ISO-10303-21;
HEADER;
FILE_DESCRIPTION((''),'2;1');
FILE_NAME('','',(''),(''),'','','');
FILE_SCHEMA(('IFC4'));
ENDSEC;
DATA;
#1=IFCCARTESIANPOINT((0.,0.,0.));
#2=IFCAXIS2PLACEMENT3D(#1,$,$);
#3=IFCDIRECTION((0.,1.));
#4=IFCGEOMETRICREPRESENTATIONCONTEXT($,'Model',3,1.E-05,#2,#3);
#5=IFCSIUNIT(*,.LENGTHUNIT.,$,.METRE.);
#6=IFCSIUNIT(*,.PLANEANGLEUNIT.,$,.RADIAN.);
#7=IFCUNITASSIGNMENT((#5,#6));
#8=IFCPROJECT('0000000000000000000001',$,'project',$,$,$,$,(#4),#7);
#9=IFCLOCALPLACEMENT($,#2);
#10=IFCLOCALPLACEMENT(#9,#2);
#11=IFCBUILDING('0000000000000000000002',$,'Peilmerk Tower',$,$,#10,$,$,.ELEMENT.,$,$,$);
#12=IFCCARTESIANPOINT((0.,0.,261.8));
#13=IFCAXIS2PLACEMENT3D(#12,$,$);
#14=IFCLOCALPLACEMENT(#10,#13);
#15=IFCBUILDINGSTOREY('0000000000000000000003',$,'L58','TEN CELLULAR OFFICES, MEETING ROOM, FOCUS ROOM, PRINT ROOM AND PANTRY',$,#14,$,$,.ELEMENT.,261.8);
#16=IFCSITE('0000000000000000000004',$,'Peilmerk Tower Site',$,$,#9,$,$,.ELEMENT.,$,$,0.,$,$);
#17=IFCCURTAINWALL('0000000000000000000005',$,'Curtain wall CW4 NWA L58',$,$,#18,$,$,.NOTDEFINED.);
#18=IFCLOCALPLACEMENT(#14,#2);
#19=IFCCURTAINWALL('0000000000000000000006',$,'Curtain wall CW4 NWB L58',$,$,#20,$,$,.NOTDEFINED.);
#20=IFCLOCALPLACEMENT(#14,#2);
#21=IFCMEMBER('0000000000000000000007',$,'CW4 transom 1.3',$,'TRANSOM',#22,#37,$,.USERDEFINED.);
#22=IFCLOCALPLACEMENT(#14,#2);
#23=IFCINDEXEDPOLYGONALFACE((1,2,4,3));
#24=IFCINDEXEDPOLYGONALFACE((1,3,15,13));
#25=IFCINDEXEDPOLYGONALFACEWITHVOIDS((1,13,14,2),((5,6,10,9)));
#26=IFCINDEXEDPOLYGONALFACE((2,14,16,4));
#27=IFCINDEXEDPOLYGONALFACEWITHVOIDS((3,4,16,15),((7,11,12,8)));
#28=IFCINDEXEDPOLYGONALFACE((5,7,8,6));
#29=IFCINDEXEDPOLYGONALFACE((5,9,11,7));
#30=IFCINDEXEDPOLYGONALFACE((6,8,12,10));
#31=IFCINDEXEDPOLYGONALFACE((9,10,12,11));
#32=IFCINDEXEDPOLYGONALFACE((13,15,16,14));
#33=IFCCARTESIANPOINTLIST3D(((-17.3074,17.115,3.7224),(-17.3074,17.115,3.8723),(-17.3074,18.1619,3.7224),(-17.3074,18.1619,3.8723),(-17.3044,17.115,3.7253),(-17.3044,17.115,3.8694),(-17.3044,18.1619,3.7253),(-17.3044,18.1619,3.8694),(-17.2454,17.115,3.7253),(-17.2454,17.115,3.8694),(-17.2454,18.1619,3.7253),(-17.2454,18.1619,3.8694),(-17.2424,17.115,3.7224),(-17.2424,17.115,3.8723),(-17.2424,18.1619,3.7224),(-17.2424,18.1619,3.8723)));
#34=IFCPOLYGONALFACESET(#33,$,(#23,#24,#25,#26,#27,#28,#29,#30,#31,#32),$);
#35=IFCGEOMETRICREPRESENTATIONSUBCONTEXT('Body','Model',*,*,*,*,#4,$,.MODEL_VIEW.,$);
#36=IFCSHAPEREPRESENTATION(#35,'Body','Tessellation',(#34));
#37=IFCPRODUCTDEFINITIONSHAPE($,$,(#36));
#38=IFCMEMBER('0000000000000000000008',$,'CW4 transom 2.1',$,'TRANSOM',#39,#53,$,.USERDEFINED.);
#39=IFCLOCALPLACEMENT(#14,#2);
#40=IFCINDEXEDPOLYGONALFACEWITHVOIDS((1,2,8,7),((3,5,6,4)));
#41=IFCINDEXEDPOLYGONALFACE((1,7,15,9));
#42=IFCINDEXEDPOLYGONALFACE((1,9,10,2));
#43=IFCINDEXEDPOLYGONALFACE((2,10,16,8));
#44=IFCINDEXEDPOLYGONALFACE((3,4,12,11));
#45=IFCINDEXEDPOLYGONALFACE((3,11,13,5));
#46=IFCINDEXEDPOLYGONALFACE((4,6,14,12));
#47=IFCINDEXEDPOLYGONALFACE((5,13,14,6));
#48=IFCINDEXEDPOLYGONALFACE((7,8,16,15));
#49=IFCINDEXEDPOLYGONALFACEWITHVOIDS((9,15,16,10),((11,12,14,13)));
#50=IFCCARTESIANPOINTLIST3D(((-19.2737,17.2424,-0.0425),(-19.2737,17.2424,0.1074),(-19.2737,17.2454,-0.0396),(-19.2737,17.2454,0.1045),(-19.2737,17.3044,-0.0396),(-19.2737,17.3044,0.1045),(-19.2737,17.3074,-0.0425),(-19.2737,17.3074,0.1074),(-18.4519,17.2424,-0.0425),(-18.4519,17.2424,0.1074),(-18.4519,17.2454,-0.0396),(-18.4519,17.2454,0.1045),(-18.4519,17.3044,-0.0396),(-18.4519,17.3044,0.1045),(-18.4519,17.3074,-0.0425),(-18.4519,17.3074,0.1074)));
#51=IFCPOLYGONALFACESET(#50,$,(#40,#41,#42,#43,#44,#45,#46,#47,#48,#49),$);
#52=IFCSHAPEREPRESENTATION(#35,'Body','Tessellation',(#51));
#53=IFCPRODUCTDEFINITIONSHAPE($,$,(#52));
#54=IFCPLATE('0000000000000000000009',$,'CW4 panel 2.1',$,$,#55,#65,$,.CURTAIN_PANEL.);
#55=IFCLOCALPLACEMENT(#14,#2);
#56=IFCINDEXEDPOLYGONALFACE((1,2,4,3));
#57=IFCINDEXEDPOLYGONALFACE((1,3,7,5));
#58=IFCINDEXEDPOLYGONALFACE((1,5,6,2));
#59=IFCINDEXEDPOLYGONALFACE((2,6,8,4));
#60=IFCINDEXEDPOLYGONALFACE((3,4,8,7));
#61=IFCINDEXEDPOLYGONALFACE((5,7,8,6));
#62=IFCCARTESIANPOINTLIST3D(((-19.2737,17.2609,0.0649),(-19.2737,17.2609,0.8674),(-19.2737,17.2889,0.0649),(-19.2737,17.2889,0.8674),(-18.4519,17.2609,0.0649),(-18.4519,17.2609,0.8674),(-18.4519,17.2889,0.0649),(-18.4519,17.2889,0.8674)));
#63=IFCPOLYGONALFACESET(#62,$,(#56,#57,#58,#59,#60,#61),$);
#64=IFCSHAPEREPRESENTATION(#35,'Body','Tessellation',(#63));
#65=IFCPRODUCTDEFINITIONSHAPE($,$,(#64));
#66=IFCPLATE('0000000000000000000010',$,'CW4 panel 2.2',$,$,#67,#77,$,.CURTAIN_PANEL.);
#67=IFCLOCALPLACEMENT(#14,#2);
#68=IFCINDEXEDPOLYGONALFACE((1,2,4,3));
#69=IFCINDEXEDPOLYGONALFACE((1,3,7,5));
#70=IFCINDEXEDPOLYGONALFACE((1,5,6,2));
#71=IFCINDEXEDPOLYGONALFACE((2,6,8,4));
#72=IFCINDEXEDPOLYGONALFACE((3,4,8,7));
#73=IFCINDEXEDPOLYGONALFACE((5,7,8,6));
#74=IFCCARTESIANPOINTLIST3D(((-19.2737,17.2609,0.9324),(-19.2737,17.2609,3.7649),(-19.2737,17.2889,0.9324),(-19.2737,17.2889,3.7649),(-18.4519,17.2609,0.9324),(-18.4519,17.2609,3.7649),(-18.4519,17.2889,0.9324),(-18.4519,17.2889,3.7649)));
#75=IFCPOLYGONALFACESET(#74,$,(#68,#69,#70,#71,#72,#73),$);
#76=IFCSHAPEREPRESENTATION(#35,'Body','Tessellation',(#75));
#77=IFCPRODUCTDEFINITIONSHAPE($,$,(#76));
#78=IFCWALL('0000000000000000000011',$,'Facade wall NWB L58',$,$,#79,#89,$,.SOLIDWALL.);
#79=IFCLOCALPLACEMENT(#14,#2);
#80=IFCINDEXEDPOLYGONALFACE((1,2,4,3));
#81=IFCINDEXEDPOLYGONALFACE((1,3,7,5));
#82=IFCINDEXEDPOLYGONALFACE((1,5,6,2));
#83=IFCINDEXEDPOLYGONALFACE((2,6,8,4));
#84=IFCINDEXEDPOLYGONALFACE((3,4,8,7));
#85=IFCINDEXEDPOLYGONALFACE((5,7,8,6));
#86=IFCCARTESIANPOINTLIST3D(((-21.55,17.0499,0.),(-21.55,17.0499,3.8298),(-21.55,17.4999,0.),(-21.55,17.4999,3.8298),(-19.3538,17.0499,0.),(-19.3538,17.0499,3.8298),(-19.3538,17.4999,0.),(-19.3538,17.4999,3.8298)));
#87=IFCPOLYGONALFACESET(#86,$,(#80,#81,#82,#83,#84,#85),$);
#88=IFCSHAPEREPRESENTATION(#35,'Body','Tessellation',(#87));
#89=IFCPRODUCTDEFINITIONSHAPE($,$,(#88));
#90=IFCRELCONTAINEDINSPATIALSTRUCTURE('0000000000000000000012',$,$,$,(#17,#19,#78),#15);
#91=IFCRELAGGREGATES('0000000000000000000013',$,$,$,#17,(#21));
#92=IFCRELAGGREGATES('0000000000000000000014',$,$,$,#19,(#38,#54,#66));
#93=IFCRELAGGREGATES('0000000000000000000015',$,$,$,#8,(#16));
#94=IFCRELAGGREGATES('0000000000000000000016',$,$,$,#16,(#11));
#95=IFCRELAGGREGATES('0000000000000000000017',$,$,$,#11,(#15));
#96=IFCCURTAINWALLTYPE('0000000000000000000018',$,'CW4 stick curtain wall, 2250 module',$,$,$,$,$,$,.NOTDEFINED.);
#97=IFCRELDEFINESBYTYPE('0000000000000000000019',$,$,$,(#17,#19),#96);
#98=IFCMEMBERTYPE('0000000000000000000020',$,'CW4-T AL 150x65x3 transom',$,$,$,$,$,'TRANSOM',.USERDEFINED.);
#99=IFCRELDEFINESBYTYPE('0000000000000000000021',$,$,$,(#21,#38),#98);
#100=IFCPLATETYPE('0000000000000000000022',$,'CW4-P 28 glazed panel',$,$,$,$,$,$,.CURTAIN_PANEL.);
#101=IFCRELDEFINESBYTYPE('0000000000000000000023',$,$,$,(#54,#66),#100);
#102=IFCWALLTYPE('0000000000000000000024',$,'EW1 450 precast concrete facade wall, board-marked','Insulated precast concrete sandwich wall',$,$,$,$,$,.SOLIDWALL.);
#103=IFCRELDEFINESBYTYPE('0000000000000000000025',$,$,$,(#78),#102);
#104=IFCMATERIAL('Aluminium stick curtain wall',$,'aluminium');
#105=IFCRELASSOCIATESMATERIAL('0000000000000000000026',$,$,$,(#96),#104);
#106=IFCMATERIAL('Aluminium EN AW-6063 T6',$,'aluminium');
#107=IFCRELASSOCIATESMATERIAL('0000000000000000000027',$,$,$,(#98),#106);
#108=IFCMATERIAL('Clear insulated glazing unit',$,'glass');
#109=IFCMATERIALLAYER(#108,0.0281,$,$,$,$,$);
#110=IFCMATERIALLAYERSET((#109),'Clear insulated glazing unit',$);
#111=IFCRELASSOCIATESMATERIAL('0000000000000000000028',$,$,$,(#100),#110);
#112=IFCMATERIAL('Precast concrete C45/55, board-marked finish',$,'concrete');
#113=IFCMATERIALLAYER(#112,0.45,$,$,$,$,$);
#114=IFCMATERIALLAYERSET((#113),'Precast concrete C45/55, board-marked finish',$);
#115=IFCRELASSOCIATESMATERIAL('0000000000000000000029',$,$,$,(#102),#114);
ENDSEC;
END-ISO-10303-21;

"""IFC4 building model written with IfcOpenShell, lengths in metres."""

from ifc_helpers import new_model, si_unit, direction, frame, frame_2d, origin, origin_2d, place, context, subcontext, project, spatial, rectangle, hollow_rectangle, extrude, material, layer, layer_set, material_profile, profile_set, type_object, element, aggregate, save


model = new_model("IFC4")

# Units and contexts
model_context = context("Model", 3, precision=1e-05, world=origin(), true_north=direction((0.0, 1.0)))
body_context = subcontext(model_context, "Body", "Model", "MODEL_VIEW")
ifc_project = project(units=[si_unit("LENGTHUNIT", "METRE"), si_unit("PLANEANGLEUNIT", "RADIAN")], contexts=[model_context])

# Site, building, storey
site_placement = place(None, origin())
site = spatial("IfcSite", under=ifc_project, at=site_placement, Name="Peilmerk Tower Site", CompositionType="ELEMENT", RefElevation=0.0)
building_placement = place(site_placement, origin())
building = spatial("IfcBuilding", under=site, at=building_placement, Name="Peilmerk Tower", CompositionType="ELEMENT")
storey_placement = place(building_placement, frame((0.0, 0.0, 261.8)))
storey = spatial("IfcBuildingStorey", under=building, at=storey_placement, Name="L58", Description="TEN CELLULAR OFFICES, MEETING ROOM, FOCUS ROOM, PRINT ROOM AND PANTRY", CompositionType="ELEMENT", Elevation=261.8)

# Curtain walls
ifc_material_1 = material(Name="Aluminium stick curtain wall", Category="aluminium")
curtain_wall_type = type_object("IfcCurtainWallType", Name="CW4 stick curtain wall, 2250 module", PredefinedType="NOTDEFINED", material=ifc_material_1)
curtain_wall_1_placement = place(storey_placement, origin())
curtain_wall_1 = element("IfcCurtainWall", 1, at=curtain_wall_1_placement, inside=storey, type_object=curtain_wall_type, Name="Curtain wall CW4 NWA L58", PredefinedType="NOTDEFINED")
ifc_material_2 = material(Name="Aluminium EN AW-6063 T6", Category="aluminium")
curtain_wall_2_placement = place(storey_placement, origin())
curtain_wall_2 = element("IfcCurtainWall", 2, at=curtain_wall_2_placement, inside=storey, type_object=curtain_wall_type, Name="Curtain wall CW4 NWB L58", PredefinedType="NOTDEFINED")

# Members
ifc_material_profile_1 = material_profile(ifc_material_2, hollow_rectangle(XDim=0.0649, YDim=0.1499, WallThickness=0.0029, at=origin_2d()), Name="AL 150x65x3")
ifc_profile_set_1 = profile_set([ifc_material_profile_1], Name="Aluminium EN AW-6063 T6")
member_type_1 = type_object("IfcMemberType", Name="CW4-T AL 150x65x3 transom", ElementType="TRANSOM", PredefinedType="USERDEFINED", material=ifc_profile_set_1)
member_1_placement = place(storey_placement, frame((-17.2749, 17.115, 3.7974), z_axis=(0.0, 1.0, 0.0), x_axis=(-1.0, 0.0, 0.0)))
member_1 = element("IfcMember", 3, at=member_1_placement, type_object=member_type_1, Name="CW4 transom 1.3", ObjectType="TRANSOM", PredefinedType="USERDEFINED", context=body_context, shape_type="SweptSolid", body=[
    extrude(hollow_rectangle(XDim=0.0649, YDim=0.1499, WallThickness=0.0029, at=origin_2d()), origin(), (0.0, 0.0, 1.0), 1.0469),
])
aggregate(curtain_wall_1, [member_1])
member_2_placement = place(storey_placement, frame((-18.4519, 17.2749, 0.0325), z_axis=(-1.0, 0.0, 0.0), x_axis=(0.0, -1.0, 0.0)))
member_2 = element("IfcMember", 4, at=member_2_placement, type_object=member_type_1, Name="CW4 transom 2.1", ObjectType="TRANSOM", PredefinedType="USERDEFINED", context=body_context, shape_type="SweptSolid", body=[
    extrude(hollow_rectangle(XDim=0.0649, YDim=0.1499, WallThickness=0.0029, at=origin_2d()), origin(), (0.0, 0.0, 1.0), 0.8218),
])

# Plates
ifc_material_3 = material(Name="Clear insulated glazing unit", Category="glass")
ifc_layer_1 = layer(ifc_material_3, 0.0281)
ifc_layer_set_1 = layer_set([ifc_layer_1], Name="Clear insulated glazing unit")
plate_type = type_object("IfcPlateType", Name="CW4-P 28 glazed panel", PredefinedType="CURTAIN_PANEL", material=ifc_layer_set_1)
plate_1_placement = place(storey_placement, frame((-18.8628, 17.2749, 0.0649), z_axis=(0.0, 0.0, 1.0), x_axis=(-1.0, 0.0, 0.0)))
plate_1 = element("IfcPlate", 5, at=plate_1_placement, type_object=plate_type, Name="CW4 panel 2.1", PredefinedType="CURTAIN_PANEL", context=body_context, shape_type="SweptSolid", body=[
    extrude(rectangle(XDim=0.8218, YDim=0.0281, at=origin_2d()), origin(), (0.0, 0.0, 1.0), 0.8025),
])
plate_2_placement = place(storey_placement, frame((-18.8628, 17.2749, 0.9324), z_axis=(0.0, 0.0, 1.0), x_axis=(-1.0, 0.0, 0.0)))
plate_2 = element("IfcPlate", 6, at=plate_2_placement, type_object=plate_type, Name="CW4 panel 2.2", PredefinedType="CURTAIN_PANEL", context=body_context, shape_type="SweptSolid", body=[
    extrude(rectangle(XDim=0.8218, YDim=0.0281, at=origin_2d()), origin(), (0.0, 0.0, 1.0), 2.8325),
])
aggregate(curtain_wall_2, [member_2, plate_1, plate_2])

# Wall
ifc_material_4 = material(Name="Precast concrete C45/55, board-marked finish", Category="concrete")
ifc_layer_2 = layer(ifc_material_4, 0.45)
ifc_layer_set_2 = layer_set([ifc_layer_2], Name="Precast concrete C45/55, board-marked finish")
wall_type_1 = type_object("IfcWallType", Name="EW1 450 precast concrete facade wall, board-marked", Description="Insulated precast concrete sandwich wall", PredefinedType="SOLIDWALL", material=ifc_layer_set_2)
wall_1_placement = place(storey_placement, frame((-19.3538, 17.2749, 0.0), z_axis=(0.0, 0.0, 1.0), x_axis=(-1.0, 0.0, 0.0)))
element("IfcWall", 7, at=wall_1_placement, inside=storey, type_object=wall_type_1, Name="Facade wall NWB L58", PredefinedType="SOLIDWALL", context=body_context, shape_type="SweptSolid", body=[
    extrude(rectangle(XDim=2.1963, YDim=0.45, at=frame_2d((1.0981, 0.0))), origin(), (0.0, 0.0, 1.0), 3.8298),
])

save(model, "model.ifc")
